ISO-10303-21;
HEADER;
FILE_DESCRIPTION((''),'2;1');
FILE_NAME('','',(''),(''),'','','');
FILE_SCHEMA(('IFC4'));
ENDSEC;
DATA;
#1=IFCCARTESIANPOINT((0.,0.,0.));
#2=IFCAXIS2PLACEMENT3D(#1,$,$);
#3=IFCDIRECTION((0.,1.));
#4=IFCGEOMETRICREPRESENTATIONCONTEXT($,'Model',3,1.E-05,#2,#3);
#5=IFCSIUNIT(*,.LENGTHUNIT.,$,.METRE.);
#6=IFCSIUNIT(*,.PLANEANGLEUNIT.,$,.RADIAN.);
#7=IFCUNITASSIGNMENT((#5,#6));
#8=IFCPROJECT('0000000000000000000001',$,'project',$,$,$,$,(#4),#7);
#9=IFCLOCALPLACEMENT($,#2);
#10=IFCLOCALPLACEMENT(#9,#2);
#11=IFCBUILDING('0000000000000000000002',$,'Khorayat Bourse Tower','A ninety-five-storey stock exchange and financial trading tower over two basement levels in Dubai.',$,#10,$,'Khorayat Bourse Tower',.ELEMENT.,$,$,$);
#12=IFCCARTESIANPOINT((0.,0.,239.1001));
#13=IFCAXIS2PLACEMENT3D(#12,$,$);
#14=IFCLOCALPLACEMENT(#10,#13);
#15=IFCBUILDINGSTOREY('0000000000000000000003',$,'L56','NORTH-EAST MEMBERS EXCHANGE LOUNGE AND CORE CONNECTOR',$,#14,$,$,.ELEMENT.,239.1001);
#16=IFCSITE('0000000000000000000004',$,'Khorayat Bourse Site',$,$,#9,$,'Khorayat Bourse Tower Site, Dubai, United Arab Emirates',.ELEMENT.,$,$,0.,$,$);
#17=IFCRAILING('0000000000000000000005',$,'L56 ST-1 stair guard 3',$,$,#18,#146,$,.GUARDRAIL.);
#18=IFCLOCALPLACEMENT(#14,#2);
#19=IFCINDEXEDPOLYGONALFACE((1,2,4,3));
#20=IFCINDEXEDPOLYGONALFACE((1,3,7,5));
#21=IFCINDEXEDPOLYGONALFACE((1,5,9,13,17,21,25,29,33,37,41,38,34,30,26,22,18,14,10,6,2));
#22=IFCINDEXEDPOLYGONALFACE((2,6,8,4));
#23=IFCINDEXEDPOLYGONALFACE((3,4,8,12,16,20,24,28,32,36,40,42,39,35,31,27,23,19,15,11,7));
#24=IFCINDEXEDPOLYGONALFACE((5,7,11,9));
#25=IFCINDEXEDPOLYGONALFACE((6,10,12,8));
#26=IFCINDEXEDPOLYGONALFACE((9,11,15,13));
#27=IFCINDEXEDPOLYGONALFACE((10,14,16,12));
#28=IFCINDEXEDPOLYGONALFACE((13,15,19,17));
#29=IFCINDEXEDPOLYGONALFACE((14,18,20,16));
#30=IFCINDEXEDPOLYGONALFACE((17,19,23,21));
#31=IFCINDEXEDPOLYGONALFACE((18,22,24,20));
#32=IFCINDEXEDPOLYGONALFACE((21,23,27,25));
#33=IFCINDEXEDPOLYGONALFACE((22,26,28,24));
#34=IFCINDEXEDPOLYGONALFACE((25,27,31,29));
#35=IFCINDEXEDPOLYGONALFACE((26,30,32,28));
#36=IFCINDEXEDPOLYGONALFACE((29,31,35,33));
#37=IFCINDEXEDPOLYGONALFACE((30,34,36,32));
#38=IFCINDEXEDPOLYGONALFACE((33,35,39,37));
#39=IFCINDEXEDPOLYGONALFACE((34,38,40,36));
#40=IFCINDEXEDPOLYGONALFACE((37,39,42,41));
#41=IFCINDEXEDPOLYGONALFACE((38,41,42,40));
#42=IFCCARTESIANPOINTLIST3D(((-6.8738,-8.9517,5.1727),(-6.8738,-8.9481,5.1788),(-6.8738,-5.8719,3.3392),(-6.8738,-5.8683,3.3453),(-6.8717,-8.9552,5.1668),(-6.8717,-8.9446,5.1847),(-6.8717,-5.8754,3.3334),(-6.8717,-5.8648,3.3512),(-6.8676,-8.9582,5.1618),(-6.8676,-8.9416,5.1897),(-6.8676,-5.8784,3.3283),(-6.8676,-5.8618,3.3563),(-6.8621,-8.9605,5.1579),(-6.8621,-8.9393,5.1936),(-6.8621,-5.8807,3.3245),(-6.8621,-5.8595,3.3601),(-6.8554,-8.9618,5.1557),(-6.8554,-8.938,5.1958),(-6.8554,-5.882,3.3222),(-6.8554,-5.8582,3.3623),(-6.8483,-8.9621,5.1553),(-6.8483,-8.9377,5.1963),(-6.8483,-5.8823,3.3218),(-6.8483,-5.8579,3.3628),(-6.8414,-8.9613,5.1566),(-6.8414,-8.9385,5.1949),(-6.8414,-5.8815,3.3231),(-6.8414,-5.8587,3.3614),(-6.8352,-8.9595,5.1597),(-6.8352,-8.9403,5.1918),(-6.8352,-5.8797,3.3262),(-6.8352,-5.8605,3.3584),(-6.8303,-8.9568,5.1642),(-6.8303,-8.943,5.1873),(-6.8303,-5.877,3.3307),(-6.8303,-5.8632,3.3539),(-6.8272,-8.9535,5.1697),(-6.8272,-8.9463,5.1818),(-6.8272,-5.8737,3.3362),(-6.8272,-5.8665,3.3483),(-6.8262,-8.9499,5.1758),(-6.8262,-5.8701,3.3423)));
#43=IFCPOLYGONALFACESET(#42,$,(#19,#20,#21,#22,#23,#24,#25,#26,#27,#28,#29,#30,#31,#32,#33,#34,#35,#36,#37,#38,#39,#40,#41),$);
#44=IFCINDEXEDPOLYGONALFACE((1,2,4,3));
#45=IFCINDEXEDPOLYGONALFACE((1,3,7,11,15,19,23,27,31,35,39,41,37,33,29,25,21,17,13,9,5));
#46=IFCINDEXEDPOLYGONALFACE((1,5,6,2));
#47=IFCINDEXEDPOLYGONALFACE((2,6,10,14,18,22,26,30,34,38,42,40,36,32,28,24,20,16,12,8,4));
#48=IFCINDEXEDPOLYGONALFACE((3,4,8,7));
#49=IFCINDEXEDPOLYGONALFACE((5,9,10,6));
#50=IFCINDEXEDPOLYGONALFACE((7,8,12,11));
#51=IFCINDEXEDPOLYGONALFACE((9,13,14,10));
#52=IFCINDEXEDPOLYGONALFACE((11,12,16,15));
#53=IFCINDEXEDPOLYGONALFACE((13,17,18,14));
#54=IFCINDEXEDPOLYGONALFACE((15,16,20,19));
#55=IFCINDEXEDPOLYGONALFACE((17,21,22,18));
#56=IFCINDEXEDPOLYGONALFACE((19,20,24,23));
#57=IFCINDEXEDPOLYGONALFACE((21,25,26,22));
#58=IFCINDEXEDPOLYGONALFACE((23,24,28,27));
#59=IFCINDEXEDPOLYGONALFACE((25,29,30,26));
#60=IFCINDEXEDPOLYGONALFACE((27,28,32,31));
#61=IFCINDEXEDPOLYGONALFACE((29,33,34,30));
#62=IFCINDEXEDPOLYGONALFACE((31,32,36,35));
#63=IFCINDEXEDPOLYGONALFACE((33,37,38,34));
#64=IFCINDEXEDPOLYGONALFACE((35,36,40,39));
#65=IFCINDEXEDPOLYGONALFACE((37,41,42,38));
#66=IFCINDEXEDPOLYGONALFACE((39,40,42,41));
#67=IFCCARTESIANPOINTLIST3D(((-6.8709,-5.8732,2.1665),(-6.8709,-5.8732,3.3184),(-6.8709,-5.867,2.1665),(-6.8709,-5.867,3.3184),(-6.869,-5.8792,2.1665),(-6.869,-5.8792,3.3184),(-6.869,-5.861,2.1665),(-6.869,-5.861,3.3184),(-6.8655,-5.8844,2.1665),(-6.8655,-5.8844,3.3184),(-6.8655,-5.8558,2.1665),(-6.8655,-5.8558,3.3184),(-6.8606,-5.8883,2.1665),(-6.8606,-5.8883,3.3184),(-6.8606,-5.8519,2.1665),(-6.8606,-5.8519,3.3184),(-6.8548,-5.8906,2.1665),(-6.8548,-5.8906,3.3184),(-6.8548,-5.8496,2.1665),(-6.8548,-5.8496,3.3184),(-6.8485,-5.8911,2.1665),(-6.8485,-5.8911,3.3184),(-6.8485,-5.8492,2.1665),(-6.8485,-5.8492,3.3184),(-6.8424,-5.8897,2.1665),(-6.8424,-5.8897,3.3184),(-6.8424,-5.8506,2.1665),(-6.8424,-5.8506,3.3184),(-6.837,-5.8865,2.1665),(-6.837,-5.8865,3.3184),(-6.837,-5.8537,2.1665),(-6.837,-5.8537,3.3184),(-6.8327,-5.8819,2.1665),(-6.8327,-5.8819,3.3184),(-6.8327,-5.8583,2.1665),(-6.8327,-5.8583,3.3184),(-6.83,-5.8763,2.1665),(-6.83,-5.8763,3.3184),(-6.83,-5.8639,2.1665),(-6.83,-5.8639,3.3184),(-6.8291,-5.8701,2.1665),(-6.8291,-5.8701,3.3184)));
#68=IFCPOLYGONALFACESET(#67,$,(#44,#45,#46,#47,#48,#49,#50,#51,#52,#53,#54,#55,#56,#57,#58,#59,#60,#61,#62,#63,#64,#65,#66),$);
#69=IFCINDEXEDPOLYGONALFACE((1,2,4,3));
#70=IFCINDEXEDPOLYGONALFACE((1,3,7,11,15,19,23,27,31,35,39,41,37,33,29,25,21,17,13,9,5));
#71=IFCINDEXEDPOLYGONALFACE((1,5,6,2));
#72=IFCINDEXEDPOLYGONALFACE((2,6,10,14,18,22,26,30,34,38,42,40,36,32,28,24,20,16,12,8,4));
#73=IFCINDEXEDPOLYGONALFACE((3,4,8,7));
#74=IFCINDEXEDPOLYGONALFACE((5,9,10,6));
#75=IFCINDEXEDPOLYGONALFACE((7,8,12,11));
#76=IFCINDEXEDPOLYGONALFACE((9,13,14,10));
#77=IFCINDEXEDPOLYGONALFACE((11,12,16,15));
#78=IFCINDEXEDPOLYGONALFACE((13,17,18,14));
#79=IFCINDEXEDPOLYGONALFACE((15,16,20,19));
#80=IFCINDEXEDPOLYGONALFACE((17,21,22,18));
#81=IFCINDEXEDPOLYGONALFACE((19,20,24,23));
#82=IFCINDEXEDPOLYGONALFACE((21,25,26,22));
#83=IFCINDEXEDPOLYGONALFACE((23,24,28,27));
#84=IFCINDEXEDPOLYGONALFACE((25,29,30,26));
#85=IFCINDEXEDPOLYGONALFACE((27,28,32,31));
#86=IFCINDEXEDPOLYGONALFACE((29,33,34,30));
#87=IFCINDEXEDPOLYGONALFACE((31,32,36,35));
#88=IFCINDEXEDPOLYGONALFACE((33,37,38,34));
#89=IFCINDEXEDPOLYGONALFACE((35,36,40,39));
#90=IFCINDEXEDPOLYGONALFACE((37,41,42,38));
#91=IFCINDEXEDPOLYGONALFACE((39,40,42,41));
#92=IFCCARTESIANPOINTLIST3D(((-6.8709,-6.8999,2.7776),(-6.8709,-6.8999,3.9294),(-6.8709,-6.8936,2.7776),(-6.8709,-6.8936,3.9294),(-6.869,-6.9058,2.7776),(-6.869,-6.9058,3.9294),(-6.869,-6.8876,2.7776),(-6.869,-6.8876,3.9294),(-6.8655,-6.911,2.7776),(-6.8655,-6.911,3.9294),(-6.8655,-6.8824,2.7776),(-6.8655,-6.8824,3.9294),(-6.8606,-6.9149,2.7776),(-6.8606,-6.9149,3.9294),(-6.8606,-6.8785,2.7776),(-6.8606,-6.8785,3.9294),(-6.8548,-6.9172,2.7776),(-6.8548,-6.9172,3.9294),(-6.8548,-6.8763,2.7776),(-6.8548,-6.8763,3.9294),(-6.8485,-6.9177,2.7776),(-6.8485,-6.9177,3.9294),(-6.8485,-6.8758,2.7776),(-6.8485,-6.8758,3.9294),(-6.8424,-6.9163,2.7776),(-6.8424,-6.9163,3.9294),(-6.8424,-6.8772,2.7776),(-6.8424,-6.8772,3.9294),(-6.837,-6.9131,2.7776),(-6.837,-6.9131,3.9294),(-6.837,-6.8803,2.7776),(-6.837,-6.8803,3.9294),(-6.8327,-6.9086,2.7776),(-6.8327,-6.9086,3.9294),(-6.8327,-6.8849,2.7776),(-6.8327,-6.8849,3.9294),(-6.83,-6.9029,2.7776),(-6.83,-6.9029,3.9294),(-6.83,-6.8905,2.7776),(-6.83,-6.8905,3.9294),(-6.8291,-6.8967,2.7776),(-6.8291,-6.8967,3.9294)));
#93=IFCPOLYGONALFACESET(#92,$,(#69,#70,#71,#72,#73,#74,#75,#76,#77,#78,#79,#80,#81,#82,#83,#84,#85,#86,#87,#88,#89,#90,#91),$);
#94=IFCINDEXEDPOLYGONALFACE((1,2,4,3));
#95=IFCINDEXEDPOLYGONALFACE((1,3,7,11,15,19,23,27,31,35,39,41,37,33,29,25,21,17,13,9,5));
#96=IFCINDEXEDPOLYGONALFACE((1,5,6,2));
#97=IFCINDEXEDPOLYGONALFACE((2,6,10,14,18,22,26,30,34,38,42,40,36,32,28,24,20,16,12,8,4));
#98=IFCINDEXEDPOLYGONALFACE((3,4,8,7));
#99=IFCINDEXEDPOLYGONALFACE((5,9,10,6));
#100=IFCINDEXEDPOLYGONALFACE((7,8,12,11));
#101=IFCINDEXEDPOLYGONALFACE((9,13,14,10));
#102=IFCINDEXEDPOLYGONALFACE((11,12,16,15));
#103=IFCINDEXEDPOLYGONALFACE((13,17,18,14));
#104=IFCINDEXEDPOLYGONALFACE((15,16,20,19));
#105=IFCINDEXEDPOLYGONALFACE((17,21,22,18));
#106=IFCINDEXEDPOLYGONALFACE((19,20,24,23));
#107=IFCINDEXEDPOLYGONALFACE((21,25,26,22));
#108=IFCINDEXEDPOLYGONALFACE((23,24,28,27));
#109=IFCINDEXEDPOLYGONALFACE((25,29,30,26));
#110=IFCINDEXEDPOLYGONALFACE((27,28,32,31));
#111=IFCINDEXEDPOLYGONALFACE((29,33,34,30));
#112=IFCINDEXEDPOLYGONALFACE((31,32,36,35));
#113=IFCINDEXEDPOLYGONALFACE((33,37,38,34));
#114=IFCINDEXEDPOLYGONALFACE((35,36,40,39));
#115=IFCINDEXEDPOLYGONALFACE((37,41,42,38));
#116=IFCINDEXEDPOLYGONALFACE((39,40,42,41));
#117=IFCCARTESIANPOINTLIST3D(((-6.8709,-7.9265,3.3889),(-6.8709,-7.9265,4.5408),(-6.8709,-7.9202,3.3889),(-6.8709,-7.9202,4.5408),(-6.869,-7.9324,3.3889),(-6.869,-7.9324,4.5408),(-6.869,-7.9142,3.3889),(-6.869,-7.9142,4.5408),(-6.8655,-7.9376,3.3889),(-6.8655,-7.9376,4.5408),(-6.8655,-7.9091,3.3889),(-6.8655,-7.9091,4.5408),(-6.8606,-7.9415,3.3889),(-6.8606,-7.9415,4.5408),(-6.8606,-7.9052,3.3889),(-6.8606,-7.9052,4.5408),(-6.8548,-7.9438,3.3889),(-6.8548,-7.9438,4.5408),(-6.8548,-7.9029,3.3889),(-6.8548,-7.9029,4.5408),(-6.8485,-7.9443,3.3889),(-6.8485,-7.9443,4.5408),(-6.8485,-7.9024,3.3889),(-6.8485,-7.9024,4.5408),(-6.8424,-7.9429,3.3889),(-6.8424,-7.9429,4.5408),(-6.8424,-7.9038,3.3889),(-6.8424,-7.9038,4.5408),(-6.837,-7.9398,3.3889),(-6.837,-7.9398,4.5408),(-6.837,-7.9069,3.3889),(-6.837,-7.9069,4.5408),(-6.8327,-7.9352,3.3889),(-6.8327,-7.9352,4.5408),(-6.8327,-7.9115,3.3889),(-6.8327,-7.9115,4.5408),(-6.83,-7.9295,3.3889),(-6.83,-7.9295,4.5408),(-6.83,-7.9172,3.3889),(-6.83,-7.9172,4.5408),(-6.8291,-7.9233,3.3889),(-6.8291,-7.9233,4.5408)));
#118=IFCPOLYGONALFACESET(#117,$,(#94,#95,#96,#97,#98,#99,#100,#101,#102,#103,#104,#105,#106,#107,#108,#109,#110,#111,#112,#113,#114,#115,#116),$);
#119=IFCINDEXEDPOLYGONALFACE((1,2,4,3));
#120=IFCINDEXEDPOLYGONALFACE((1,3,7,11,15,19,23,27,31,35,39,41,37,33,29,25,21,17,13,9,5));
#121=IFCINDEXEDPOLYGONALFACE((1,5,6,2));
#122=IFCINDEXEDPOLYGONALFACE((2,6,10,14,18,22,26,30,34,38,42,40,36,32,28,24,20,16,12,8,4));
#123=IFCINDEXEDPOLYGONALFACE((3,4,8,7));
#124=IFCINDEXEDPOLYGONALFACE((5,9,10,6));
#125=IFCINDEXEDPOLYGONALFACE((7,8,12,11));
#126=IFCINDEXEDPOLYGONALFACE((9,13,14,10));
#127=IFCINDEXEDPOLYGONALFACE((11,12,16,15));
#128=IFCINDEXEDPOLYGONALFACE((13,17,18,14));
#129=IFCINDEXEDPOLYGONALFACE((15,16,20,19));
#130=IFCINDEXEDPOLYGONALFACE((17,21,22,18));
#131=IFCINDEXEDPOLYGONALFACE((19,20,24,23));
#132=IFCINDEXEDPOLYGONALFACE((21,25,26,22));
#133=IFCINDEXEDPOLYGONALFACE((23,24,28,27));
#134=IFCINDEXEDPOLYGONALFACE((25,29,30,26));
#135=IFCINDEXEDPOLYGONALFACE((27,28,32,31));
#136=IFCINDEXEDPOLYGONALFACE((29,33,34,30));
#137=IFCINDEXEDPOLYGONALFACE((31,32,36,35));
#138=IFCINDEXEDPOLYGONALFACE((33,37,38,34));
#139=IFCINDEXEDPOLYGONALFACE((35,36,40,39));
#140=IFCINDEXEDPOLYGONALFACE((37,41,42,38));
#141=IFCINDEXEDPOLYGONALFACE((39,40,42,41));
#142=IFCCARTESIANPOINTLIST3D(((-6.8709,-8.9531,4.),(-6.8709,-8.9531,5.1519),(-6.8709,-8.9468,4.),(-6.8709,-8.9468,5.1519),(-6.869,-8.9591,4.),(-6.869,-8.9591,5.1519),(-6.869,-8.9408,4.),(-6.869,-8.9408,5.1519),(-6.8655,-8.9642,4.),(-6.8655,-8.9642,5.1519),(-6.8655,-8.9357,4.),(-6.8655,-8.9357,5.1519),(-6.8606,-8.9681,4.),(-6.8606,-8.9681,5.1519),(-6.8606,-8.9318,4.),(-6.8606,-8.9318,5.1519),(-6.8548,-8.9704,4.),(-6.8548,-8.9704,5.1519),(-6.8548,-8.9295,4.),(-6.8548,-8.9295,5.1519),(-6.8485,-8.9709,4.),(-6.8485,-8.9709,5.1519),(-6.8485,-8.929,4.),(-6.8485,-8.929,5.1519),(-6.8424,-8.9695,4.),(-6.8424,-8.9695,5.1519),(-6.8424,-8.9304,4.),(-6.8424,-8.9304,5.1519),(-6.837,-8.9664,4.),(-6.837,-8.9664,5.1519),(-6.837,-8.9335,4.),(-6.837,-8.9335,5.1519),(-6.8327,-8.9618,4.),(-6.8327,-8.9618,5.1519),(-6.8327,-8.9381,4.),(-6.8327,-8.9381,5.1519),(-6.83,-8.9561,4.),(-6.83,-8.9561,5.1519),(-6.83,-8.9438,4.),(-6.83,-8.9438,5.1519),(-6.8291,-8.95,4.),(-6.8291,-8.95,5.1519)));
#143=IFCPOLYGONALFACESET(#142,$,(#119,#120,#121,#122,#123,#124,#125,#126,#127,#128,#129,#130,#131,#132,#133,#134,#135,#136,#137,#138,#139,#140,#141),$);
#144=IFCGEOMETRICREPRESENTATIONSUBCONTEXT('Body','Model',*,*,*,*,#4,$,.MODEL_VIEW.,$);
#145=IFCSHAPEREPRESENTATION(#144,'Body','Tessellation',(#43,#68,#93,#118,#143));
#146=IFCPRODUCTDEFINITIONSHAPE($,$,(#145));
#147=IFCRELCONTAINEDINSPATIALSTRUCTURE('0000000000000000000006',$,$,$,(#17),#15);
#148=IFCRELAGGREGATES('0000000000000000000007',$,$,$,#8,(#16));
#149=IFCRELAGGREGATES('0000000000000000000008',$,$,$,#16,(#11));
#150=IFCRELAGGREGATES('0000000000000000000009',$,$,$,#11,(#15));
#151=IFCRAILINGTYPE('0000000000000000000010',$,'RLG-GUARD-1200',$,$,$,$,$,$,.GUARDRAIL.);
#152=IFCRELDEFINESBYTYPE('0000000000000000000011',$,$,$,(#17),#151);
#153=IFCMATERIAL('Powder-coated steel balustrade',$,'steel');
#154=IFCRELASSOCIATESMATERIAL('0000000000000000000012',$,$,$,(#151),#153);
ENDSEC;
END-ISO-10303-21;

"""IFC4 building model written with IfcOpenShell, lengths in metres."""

from ifc_helpers import new_model, si_unit, direction, frame, origin, origin_2d, place, context, subcontext, project, spatial, circle, extrude, source, transform, mapped, material, type_object, element, save


model = new_model("IFC4")

# Units and contexts
model_context = context("Model", 3, precision=1e-05, world=origin(), true_north=direction((0.0, 1.0)))
body_context = subcontext(model_context, "Body", "Model", "MODEL_VIEW")
ifc_project = project(units=[si_unit("LENGTHUNIT", "METRE"), si_unit("PLANEANGLEUNIT", "RADIAN")], contexts=[model_context])

# Site, building, storey
site_placement = place(None, origin())
site = spatial("IfcSite", under=ifc_project, at=site_placement, Name="Khorayat Bourse Site", LongName="Khorayat Bourse Tower Site, Dubai, United Arab Emirates", CompositionType="ELEMENT", RefElevation=0.0)
building_placement = place(site_placement, origin())
building = spatial("IfcBuilding", under=site, at=building_placement, Name="Khorayat Bourse Tower", Description="A ninety-five-storey stock exchange and financial trading tower over two basement levels in Dubai.", LongName="Khorayat Bourse Tower", CompositionType="ELEMENT")
storey_placement = place(building_placement, frame((0.0, 0.0, 239.1001)))
storey = spatial("IfcBuildingStorey", under=building, at=storey_placement, Name="L56", Description="NORTH-EAST MEMBERS EXCHANGE LOUNGE AND CORE CONNECTOR", CompositionType="ELEMENT", Elevation=239.1001)

# Railing
ifc_material_1 = material(Name="Powder-coated steel balustrade", Category="steel")
railing_type_1 = type_object("IfcRailingType", Name="RLG-GUARD-1200", PredefinedType="GUARDRAIL", material=ifc_material_1)
shared_shape_1 = source(origin(), body_context, "Body", "SweptSolid", [
    extrude(circle(Radius=0.0239, at=origin_2d()), frame((0.0, 0.0, 1.1758), z_axis=(0.0, -0.859261, 0.511538), x_axis=(1.0, 0.0, 0.0)), (0.0, 0.0, 1.0), 3.5842),
    extrude(circle(Radius=0.021, at=origin_2d()), origin(), (0.0, 0.0, 1.0), 1.1519),
    extrude(circle(Radius=0.021, at=origin_2d()), frame((0.0, -1.0266, 0.6111)), (0.0, 0.0, 1.0), 1.1519),
    extrude(circle(Radius=0.021, at=origin_2d()), frame((0.0, -2.0532, 1.2224)), (0.0, 0.0, 1.0), 1.1519),
    extrude(circle(Radius=0.021, at=origin_2d()), frame((0.0, -3.0798, 1.8335)), (0.0, 0.0, 1.0), 1.1519),
])
railing_1_placement = place(storey_placement, frame((-6.8501, -5.8701, 2.1665)))
element("IfcRailing", 1, at=railing_1_placement, inside=storey, type_object=railing_type_1, Name="L56 ST-1 stair guard 3", PredefinedType="GUARDRAIL", context=body_context, shape_type="MappedRepresentation", body=[
    mapped(shared_shape_1, transform((0.0, 0.0, 0.0), scale=1.0)),
])

save(model, "model.ifc")
